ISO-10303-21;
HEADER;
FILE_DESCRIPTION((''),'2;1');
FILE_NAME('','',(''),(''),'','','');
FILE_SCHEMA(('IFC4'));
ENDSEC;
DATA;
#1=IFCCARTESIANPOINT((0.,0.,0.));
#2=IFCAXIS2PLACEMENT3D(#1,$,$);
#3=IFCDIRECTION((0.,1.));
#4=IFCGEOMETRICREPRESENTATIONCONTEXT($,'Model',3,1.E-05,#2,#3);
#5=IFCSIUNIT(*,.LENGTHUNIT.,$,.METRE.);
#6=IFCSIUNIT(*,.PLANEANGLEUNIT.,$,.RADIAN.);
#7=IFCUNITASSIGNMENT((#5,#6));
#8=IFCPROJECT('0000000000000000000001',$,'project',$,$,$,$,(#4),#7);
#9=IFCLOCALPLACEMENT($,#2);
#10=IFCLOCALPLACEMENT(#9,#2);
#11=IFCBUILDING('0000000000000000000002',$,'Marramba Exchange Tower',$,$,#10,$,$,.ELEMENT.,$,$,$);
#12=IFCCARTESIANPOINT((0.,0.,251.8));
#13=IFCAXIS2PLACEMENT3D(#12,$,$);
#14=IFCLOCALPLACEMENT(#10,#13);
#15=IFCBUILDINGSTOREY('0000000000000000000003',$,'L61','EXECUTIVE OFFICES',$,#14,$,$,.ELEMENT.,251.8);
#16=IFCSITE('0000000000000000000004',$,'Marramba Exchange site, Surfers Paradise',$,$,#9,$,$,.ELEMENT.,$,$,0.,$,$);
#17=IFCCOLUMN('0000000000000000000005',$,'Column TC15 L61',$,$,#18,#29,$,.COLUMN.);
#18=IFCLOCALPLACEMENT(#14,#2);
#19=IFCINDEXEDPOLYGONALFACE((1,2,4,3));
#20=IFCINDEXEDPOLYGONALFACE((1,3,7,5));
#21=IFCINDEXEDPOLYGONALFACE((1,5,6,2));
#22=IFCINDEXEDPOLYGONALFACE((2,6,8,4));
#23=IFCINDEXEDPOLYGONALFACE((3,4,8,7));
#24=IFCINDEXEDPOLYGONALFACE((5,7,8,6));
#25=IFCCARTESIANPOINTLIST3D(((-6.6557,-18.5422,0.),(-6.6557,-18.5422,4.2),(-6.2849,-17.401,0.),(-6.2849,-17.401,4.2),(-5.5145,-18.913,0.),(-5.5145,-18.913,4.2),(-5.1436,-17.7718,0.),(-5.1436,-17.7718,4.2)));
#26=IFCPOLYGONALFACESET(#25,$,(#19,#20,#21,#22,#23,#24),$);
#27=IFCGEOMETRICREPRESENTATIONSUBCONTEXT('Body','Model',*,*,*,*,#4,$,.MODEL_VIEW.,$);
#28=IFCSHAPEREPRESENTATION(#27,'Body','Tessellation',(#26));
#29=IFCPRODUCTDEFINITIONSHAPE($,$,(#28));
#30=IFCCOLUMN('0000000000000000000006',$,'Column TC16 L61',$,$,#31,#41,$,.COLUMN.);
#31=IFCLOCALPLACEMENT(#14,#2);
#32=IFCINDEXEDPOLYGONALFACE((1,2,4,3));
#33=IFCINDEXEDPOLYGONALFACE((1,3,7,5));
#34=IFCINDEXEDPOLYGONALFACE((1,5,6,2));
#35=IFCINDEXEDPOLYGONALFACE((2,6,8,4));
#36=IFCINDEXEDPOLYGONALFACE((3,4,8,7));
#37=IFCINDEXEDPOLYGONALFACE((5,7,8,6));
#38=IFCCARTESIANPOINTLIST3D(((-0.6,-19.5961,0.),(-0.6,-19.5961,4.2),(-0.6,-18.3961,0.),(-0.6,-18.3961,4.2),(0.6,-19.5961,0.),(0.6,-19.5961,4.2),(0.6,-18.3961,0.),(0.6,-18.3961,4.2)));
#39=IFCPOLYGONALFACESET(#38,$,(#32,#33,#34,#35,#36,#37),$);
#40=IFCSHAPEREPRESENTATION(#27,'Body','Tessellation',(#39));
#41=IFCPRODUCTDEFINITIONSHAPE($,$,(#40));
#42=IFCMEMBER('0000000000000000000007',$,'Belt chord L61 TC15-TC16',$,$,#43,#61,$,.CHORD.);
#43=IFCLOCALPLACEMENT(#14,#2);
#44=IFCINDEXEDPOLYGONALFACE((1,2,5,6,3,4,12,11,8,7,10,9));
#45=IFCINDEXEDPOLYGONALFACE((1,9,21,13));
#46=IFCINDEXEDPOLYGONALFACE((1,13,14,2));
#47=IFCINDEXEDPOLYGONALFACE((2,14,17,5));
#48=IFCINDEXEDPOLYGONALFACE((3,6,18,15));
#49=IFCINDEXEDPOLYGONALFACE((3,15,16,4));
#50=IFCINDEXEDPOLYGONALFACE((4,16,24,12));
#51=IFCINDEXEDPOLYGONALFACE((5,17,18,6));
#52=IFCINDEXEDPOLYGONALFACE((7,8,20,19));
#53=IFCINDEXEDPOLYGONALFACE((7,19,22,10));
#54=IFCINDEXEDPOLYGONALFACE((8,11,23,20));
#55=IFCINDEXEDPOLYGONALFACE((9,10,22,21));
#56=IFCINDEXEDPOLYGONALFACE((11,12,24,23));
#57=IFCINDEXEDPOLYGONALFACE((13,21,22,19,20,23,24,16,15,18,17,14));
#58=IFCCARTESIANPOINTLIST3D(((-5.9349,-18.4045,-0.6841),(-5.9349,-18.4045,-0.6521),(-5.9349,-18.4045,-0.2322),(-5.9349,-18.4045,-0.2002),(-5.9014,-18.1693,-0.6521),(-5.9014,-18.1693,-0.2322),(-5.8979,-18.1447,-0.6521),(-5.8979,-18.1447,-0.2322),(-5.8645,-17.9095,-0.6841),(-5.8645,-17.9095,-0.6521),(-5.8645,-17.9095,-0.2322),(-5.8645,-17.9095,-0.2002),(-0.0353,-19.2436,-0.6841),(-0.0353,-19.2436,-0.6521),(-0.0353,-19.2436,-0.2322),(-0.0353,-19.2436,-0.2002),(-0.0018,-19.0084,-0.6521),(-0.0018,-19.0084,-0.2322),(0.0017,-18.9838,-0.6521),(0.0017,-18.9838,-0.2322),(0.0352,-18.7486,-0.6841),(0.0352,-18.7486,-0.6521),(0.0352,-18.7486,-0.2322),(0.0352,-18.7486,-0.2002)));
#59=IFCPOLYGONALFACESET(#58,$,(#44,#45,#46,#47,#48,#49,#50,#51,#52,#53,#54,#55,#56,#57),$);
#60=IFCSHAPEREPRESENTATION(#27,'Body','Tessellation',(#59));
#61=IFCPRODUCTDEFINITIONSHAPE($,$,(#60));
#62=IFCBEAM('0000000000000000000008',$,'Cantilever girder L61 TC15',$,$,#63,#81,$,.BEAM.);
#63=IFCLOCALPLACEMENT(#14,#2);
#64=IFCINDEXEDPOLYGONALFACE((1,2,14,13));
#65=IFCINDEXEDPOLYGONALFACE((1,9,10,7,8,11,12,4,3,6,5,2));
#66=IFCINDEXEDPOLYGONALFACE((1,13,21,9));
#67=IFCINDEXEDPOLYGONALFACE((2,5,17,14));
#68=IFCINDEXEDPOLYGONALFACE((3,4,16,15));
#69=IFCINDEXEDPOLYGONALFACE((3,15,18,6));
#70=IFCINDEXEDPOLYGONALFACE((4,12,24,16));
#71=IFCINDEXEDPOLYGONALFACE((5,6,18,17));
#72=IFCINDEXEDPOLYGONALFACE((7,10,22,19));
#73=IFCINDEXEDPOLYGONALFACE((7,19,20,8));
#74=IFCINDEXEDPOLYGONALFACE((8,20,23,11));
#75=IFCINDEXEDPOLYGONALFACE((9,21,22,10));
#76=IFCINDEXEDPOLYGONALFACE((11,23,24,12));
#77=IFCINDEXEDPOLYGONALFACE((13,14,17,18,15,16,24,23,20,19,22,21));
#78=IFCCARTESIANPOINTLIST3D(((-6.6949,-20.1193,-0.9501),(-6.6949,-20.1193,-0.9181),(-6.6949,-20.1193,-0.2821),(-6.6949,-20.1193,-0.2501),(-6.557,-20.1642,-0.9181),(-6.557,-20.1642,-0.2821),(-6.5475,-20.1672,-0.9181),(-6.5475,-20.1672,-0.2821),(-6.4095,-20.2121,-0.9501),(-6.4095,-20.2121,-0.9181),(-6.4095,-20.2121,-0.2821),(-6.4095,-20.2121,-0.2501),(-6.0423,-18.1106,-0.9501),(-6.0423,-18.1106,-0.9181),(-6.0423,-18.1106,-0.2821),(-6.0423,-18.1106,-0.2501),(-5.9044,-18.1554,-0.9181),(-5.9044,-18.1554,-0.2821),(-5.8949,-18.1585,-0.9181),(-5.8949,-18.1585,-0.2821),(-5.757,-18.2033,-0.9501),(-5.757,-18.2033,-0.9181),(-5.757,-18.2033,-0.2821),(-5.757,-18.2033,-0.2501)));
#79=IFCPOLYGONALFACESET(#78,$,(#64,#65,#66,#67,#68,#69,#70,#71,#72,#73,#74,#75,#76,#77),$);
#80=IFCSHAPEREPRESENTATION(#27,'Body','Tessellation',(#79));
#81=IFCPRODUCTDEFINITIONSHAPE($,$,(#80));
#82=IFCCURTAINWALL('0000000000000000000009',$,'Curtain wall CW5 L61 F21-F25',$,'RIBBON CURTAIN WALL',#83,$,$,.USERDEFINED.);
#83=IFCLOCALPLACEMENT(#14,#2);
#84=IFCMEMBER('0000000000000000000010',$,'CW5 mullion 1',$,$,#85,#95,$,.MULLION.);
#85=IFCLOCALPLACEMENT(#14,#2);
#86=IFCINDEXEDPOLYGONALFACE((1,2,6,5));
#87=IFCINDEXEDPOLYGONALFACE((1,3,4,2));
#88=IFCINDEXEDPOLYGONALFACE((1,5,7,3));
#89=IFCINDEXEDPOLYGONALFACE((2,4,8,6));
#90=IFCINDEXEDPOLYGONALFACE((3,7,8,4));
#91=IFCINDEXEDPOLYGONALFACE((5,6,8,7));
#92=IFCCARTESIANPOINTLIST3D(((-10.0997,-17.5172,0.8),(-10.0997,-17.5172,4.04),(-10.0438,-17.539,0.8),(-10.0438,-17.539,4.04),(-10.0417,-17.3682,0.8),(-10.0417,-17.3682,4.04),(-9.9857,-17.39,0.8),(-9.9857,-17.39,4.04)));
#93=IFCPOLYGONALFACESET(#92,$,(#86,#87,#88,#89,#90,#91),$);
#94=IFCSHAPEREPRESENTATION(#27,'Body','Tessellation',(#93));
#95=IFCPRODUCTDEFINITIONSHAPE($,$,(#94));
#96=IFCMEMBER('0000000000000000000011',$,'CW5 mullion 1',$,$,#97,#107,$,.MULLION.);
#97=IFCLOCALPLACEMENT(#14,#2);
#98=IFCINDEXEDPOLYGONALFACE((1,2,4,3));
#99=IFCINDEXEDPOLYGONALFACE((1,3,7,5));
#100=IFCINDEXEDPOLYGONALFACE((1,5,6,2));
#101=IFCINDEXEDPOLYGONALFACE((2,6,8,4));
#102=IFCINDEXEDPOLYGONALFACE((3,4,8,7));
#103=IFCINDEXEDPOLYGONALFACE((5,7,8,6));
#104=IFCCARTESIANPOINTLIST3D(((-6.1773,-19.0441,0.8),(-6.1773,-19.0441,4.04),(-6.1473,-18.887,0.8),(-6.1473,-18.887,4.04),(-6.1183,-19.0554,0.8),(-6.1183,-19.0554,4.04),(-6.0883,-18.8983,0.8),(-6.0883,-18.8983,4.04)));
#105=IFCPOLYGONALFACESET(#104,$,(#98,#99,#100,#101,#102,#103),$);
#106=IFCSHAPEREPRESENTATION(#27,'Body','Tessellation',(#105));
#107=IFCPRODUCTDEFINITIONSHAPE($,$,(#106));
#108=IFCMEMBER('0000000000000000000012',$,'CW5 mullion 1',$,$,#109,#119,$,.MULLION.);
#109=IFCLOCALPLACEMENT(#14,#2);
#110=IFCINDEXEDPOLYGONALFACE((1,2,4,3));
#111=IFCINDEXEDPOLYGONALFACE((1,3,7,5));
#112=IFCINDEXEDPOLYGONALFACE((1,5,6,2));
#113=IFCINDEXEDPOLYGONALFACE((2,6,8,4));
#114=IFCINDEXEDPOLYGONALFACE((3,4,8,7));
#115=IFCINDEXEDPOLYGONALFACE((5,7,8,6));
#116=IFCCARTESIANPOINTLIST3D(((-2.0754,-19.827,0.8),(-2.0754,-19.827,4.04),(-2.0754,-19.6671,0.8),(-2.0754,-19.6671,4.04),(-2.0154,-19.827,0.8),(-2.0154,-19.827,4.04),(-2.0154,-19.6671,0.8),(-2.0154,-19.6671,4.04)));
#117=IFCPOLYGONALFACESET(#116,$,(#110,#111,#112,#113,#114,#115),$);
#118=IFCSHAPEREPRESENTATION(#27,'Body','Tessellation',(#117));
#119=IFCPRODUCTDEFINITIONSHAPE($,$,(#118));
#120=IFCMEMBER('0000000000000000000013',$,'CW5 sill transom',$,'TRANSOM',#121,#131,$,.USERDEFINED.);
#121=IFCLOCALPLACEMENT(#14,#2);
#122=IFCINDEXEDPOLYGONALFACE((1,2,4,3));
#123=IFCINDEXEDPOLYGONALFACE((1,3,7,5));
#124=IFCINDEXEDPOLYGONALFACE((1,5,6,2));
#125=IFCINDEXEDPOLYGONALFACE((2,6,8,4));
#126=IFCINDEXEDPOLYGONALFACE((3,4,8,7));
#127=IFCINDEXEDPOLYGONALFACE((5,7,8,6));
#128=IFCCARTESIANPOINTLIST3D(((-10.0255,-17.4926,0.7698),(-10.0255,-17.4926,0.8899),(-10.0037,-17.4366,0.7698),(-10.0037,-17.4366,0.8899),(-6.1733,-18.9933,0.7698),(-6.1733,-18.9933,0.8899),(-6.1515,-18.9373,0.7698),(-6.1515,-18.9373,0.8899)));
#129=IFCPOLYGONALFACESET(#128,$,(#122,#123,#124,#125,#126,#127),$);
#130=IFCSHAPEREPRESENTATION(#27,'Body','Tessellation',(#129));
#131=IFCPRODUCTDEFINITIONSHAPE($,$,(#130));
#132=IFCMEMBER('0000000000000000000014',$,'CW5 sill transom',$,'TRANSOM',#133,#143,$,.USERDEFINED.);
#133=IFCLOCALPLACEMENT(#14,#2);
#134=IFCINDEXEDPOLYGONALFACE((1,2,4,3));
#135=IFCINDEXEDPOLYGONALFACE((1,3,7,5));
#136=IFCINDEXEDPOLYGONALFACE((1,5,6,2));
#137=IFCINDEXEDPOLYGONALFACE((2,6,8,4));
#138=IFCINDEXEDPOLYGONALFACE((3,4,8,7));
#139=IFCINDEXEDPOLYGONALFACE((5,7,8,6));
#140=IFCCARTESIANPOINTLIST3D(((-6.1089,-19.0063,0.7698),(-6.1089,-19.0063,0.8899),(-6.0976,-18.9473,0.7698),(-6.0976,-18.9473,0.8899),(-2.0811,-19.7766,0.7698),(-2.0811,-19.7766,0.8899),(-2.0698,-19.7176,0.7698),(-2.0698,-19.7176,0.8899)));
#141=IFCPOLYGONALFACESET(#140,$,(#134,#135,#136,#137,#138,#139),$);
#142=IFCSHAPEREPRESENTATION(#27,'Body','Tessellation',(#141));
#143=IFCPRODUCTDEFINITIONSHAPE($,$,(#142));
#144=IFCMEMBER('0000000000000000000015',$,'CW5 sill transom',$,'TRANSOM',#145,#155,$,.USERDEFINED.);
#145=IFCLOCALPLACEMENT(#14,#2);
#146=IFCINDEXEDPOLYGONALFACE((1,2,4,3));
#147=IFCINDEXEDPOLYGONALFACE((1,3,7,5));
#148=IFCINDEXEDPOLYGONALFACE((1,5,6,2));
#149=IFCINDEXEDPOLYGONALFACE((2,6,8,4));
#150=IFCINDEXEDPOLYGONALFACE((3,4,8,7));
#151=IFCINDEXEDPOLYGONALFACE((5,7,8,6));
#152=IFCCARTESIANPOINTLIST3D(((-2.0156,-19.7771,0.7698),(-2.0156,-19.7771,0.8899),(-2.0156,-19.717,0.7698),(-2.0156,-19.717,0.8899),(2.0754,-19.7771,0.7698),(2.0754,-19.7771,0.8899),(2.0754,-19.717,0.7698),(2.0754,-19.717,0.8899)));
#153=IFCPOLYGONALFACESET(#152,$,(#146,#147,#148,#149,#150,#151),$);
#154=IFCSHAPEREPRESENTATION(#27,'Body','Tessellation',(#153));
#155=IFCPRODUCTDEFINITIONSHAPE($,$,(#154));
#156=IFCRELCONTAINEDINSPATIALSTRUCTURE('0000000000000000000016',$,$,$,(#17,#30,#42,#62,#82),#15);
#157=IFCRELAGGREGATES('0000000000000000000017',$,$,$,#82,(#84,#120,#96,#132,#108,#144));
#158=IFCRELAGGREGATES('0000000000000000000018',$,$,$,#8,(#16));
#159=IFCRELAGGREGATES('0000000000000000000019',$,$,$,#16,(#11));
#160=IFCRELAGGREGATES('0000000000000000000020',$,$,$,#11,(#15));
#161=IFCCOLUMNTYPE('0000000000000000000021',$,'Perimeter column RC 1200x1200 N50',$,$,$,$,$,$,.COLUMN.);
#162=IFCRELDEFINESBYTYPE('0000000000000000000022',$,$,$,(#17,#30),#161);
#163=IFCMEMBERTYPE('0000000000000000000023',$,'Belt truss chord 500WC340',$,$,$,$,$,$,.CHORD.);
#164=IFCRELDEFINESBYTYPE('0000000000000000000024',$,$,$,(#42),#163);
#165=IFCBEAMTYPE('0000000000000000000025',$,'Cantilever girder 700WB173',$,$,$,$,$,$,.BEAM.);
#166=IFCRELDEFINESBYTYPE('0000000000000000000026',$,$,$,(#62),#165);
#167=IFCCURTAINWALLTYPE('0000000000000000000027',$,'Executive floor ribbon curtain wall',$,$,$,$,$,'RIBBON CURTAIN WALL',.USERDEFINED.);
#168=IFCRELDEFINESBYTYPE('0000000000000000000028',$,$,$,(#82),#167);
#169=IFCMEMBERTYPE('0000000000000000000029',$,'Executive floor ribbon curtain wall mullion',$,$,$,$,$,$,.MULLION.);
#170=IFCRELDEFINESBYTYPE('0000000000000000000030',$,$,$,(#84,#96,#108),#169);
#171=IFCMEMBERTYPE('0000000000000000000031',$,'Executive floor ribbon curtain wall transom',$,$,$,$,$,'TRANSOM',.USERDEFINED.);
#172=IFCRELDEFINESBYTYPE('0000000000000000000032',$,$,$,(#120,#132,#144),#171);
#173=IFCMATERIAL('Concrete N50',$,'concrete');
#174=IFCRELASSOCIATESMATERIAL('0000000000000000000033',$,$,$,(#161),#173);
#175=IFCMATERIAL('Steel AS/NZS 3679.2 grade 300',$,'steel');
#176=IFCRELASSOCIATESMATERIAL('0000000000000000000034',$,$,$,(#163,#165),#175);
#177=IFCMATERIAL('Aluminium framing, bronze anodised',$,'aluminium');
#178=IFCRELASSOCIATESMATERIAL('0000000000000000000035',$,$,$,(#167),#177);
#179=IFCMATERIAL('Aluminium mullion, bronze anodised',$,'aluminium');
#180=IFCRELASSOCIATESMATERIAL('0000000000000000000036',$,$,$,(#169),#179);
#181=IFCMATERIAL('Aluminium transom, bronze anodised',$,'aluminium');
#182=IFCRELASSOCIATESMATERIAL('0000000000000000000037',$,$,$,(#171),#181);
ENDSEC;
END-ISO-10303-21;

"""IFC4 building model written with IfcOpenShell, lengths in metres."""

from ifc_helpers import new_model, si_unit, direction, frame, origin, origin_2d, place, context, subcontext, project, spatial, rectangle, i_section, extrude, material, material_profile, profile_set, type_object, element, aggregate, save


model = new_model("IFC4")

# Units and contexts
model_context = context("Model", 3, precision=1e-05, world=origin(), true_north=direction((0.0, 1.0)))
body_context = subcontext(model_context, "Body", "Model", "MODEL_VIEW")
ifc_project = project(units=[si_unit("LENGTHUNIT", "METRE"), si_unit("PLANEANGLEUNIT", "RADIAN")], contexts=[model_context])

# Site, building, storey
site_placement = place(None, origin())
site = spatial("IfcSite", under=ifc_project, at=site_placement, Name="Marramba Exchange site, Surfers Paradise", CompositionType="ELEMENT", RefElevation=0.0)
building_placement = place(site_placement, origin())
building = spatial("IfcBuilding", under=site, at=building_placement, Name="Marramba Exchange Tower", CompositionType="ELEMENT")
storey_placement = place(building_placement, frame((0.0, 0.0, 251.8)))
storey = spatial("IfcBuildingStorey", under=building, at=storey_placement, Name="L61", Description="EXECUTIVE OFFICES", CompositionType="ELEMENT", Elevation=251.8)

# Columns
ifc_material_1 = material(Name="Concrete N50", Category="concrete")
ifc_material_profile_1 = material_profile(ifc_material_1, rectangle(XDim=1.2, YDim=1.2, at=origin_2d()), Name="RC 1200x1200")
ifc_profile_set_1 = profile_set([ifc_material_profile_1], Name="Concrete N50")
column_type = type_object("IfcColumnType", Name="Perimeter column RC 1200x1200 N50", PredefinedType="COLUMN", material=ifc_profile_set_1)
for number, where, z_axis, x_axis, name in (
    (1, (-5.8997, -18.157, 0.0), (0.0, 0.0, 1.0), (-0.309017, -0.951057, 0.0), "Column TC15 L61"),
    (2, (0.0, -18.9961, 0.0), (0.0, 0.0, 1.0), (0.0, -1.0, 0.0), "Column TC16 L61"),
):
    element("IfcColumn", number, at=place(storey_placement, frame(where, z_axis=z_axis, x_axis=x_axis)), inside=storey, type_object=column_type, Name=name, PredefinedType="COLUMN", context=body_context, shape_type="SweptSolid", body=[
        extrude(rectangle(XDim=1.2, YDim=1.2, at=origin_2d()), origin(), (0.0, 0.0, 1.0), 4.2),
    ])

# Member
ifc_material_2 = material(Name="Steel AS/NZS 3679.2 grade 300", Category="steel")
ifc_material_profile_2 = material_profile(ifc_material_2, i_section(OverallWidth=0.5, OverallDepth=0.4839, WebThickness=0.0249, FlangeThickness=0.032, at=origin_2d()), Name="500WC340")
ifc_profile_set_2 = profile_set([ifc_material_profile_2], Name="Steel AS/NZS 3679.2 grade 300")
member_type_1 = type_object("IfcMemberType", Name="Belt truss chord 500WC340", PredefinedType="CHORD", material=ifc_profile_set_2)
member_1_placement = place(storey_placement, frame((-5.8997, -18.157, -0.4421), z_axis=(0.990036, -0.140813, 0.0), x_axis=(0.140813, 0.990036, 0.0)))
element("IfcMember", 3, at=member_1_placement, inside=storey, type_object=member_type_1, Name="Belt chord L61 TC15-TC16", PredefinedType="CHORD", context=body_context, shape_type="SweptSolid", body=[
    extrude(i_section(OverallWidth=0.5, OverallDepth=0.4839, WebThickness=0.0249, FlangeThickness=0.032, at=origin_2d()), origin(), (0.0, 0.0, 1.0), 5.959),
])

# Beam
ifc_material_profile_3 = material_profile(ifc_material_2, i_section(OverallWidth=0.3, OverallDepth=0.7, WebThickness=0.01, FlangeThickness=0.032, at=origin_2d()), Name="700WB173")
ifc_profile_set_3 = profile_set([ifc_material_profile_3], Name="Steel AS/NZS 3679.2 grade 300")
beam_type_1 = type_object("IfcBeamType", Name="Cantilever girder 700WB173", PredefinedType="BEAM", material=ifc_profile_set_3)
beam_1_placement = place(storey_placement, frame((-5.8997, -18.157, -0.6001), z_axis=(-0.308971, -0.951071, 0.0), x_axis=(0.951071, -0.308971, 0.0)))
element("IfcBeam", 4, at=beam_1_placement, inside=storey, type_object=beam_type_1, Name="Cantilever girder L61 TC15", PredefinedType="BEAM", context=body_context, shape_type="SweptSolid", body=[
    extrude(i_section(OverallWidth=0.3, OverallDepth=0.7, WebThickness=0.01, FlangeThickness=0.032, at=origin_2d()), origin(), (0.0, 0.0, 1.0), 2.1121),
])

# Curtain wall, members
ifc_material_3 = material(Name="Aluminium framing, bronze anodised", Category="aluminium")
curtain_wall_type = type_object("IfcCurtainWallType", Name="Executive floor ribbon curtain wall", ElementType="RIBBON CURTAIN WALL", PredefinedType="USERDEFINED", material=ifc_material_3)
curtain_wall_1_placement = place(storey_placement, origin())
curtain_wall_1 = element("IfcCurtainWall", 5, at=curtain_wall_1_placement, inside=storey, type_object=curtain_wall_type, Name="Curtain wall CW5 L61 F21-F25", ObjectType="RIBBON CURTAIN WALL", PredefinedType="USERDEFINED")
ifc_material_4 = material(Name="Aluminium mullion, bronze anodised", Category="aluminium")
ifc_material_profile_4 = material_profile(ifc_material_4, rectangle(XDim=0.1599, YDim=0.0601, at=origin_2d()), Name="CW5 mullion 60x160")
ifc_profile_set_4 = profile_set([ifc_material_profile_4], Name="Aluminium mullion, bronze anodised")
member_type_2 = type_object("IfcMemberType", Name="Executive floor ribbon curtain wall mullion", PredefinedType="MULLION", material=ifc_profile_set_4)
member_2_placement = place(storey_placement, frame((-10.0427, -17.4536, 0.8), z_axis=(0.0, 0.0, 1.0), x_axis=(0.36301, 0.931785, 0.0)))
member_2 = element("IfcMember", 6, at=member_2_placement, type_object=member_type_2, Name="CW5 mullion 1", PredefinedType="MULLION", context=body_context, shape_type="SweptSolid", body=[
    extrude(rectangle(XDim=0.1599, YDim=0.0601, at=origin_2d()), origin(), (0.0, 0.0, 1.0), 3.24),
])
member_3_placement = place(storey_placement, frame((-6.1328, -18.9712, 0.8), z_axis=(0.0, 0.0, 1.0), x_axis=(0.187873, 0.982193, 0.0)))
member_3 = element("IfcMember", 7, at=member_3_placement, type_object=member_type_2, Name="CW5 mullion 1", PredefinedType="MULLION", context=body_context, shape_type="SweptSolid", body=[
    extrude(rectangle(XDim=0.1599, YDim=0.0601, at=origin_2d()), origin(), (0.0, 0.0, 1.0), 3.24),
])
member_4_placement = place(storey_placement, frame((-2.0454, -19.7471, 0.8), z_axis=(0.0, 0.0, 1.0), x_axis=(0.0, 1.0, 0.0)))
member_4 = element("IfcMember", 8, at=member_4_placement, type_object=member_type_2, Name="CW5 mullion 1", PredefinedType="MULLION", context=body_context, shape_type="SweptSolid", body=[
    extrude(rectangle(XDim=0.1599, YDim=0.0601, at=origin_2d()), origin(), (0.0, 0.0, 1.0), 3.24),
])
ifc_material_5 = material(Name="Aluminium transom, bronze anodised", Category="aluminium")
ifc_material_profile_5 = material_profile(ifc_material_5, rectangle(XDim=0.0601, YDim=0.1201, at=origin_2d()), Name="CW5 transom 60x120")
ifc_profile_set_5 = profile_set([ifc_material_profile_5], Name="Aluminium transom, bronze anodised")
member_type_3 = type_object("IfcMemberType", Name="Executive floor ribbon curtain wall transom", ElementType="TRANSOM", PredefinedType="USERDEFINED", material=ifc_profile_set_5)
member_5_placement = place(storey_placement, frame((-10.0146, -17.4646, 0.8298), z_axis=(0.931791, -0.362996, 0.0), x_axis=(0.362996, 0.931791, 0.0)))
member_5 = element("IfcMember", 9, at=member_5_placement, type_object=member_type_3, Name="CW5 sill transom", ObjectType="TRANSOM", PredefinedType="USERDEFINED", context=body_context, shape_type="SweptSolid", body=[
    extrude(rectangle(XDim=0.0601, YDim=0.1201, at=origin_2d()), origin(), (0.0, 0.0, 1.0), 4.1343),
])
member_6_placement = place(storey_placement, frame((-6.1033, -18.9768, 0.8298), z_axis=(0.982201, -0.187832, 0.0), x_axis=(0.187832, 0.982201, 0.0)))
member_6 = element("IfcMember", 10, at=member_6_placement, type_object=member_type_3, Name="CW5 sill transom", ObjectType="TRANSOM", PredefinedType="USERDEFINED", context=body_context, shape_type="SweptSolid", body=[
    extrude(rectangle(XDim=0.0601, YDim=0.1201, at=origin_2d()), origin(), (0.0, 0.0, 1.0), 4.1008),
])
member_7_placement = place(storey_placement, frame((-2.0156, -19.7471, 0.8298), z_axis=(1.0, 0.0, 0.0), x_axis=(0.0, 1.0, 0.0)))
member_7 = element("IfcMember", 11, at=member_7_placement, type_object=member_type_3, Name="CW5 sill transom", ObjectType="TRANSOM", PredefinedType="USERDEFINED", context=body_context, shape_type="SweptSolid", body=[
    extrude(rectangle(XDim=0.0601, YDim=0.1201, at=origin_2d()), origin(), (0.0, 0.0, 1.0), 4.0911),
])

aggregate(curtain_wall_1, [member_2, member_5, member_3, member_6, member_4, member_7])

save(model, "model.ifc")
